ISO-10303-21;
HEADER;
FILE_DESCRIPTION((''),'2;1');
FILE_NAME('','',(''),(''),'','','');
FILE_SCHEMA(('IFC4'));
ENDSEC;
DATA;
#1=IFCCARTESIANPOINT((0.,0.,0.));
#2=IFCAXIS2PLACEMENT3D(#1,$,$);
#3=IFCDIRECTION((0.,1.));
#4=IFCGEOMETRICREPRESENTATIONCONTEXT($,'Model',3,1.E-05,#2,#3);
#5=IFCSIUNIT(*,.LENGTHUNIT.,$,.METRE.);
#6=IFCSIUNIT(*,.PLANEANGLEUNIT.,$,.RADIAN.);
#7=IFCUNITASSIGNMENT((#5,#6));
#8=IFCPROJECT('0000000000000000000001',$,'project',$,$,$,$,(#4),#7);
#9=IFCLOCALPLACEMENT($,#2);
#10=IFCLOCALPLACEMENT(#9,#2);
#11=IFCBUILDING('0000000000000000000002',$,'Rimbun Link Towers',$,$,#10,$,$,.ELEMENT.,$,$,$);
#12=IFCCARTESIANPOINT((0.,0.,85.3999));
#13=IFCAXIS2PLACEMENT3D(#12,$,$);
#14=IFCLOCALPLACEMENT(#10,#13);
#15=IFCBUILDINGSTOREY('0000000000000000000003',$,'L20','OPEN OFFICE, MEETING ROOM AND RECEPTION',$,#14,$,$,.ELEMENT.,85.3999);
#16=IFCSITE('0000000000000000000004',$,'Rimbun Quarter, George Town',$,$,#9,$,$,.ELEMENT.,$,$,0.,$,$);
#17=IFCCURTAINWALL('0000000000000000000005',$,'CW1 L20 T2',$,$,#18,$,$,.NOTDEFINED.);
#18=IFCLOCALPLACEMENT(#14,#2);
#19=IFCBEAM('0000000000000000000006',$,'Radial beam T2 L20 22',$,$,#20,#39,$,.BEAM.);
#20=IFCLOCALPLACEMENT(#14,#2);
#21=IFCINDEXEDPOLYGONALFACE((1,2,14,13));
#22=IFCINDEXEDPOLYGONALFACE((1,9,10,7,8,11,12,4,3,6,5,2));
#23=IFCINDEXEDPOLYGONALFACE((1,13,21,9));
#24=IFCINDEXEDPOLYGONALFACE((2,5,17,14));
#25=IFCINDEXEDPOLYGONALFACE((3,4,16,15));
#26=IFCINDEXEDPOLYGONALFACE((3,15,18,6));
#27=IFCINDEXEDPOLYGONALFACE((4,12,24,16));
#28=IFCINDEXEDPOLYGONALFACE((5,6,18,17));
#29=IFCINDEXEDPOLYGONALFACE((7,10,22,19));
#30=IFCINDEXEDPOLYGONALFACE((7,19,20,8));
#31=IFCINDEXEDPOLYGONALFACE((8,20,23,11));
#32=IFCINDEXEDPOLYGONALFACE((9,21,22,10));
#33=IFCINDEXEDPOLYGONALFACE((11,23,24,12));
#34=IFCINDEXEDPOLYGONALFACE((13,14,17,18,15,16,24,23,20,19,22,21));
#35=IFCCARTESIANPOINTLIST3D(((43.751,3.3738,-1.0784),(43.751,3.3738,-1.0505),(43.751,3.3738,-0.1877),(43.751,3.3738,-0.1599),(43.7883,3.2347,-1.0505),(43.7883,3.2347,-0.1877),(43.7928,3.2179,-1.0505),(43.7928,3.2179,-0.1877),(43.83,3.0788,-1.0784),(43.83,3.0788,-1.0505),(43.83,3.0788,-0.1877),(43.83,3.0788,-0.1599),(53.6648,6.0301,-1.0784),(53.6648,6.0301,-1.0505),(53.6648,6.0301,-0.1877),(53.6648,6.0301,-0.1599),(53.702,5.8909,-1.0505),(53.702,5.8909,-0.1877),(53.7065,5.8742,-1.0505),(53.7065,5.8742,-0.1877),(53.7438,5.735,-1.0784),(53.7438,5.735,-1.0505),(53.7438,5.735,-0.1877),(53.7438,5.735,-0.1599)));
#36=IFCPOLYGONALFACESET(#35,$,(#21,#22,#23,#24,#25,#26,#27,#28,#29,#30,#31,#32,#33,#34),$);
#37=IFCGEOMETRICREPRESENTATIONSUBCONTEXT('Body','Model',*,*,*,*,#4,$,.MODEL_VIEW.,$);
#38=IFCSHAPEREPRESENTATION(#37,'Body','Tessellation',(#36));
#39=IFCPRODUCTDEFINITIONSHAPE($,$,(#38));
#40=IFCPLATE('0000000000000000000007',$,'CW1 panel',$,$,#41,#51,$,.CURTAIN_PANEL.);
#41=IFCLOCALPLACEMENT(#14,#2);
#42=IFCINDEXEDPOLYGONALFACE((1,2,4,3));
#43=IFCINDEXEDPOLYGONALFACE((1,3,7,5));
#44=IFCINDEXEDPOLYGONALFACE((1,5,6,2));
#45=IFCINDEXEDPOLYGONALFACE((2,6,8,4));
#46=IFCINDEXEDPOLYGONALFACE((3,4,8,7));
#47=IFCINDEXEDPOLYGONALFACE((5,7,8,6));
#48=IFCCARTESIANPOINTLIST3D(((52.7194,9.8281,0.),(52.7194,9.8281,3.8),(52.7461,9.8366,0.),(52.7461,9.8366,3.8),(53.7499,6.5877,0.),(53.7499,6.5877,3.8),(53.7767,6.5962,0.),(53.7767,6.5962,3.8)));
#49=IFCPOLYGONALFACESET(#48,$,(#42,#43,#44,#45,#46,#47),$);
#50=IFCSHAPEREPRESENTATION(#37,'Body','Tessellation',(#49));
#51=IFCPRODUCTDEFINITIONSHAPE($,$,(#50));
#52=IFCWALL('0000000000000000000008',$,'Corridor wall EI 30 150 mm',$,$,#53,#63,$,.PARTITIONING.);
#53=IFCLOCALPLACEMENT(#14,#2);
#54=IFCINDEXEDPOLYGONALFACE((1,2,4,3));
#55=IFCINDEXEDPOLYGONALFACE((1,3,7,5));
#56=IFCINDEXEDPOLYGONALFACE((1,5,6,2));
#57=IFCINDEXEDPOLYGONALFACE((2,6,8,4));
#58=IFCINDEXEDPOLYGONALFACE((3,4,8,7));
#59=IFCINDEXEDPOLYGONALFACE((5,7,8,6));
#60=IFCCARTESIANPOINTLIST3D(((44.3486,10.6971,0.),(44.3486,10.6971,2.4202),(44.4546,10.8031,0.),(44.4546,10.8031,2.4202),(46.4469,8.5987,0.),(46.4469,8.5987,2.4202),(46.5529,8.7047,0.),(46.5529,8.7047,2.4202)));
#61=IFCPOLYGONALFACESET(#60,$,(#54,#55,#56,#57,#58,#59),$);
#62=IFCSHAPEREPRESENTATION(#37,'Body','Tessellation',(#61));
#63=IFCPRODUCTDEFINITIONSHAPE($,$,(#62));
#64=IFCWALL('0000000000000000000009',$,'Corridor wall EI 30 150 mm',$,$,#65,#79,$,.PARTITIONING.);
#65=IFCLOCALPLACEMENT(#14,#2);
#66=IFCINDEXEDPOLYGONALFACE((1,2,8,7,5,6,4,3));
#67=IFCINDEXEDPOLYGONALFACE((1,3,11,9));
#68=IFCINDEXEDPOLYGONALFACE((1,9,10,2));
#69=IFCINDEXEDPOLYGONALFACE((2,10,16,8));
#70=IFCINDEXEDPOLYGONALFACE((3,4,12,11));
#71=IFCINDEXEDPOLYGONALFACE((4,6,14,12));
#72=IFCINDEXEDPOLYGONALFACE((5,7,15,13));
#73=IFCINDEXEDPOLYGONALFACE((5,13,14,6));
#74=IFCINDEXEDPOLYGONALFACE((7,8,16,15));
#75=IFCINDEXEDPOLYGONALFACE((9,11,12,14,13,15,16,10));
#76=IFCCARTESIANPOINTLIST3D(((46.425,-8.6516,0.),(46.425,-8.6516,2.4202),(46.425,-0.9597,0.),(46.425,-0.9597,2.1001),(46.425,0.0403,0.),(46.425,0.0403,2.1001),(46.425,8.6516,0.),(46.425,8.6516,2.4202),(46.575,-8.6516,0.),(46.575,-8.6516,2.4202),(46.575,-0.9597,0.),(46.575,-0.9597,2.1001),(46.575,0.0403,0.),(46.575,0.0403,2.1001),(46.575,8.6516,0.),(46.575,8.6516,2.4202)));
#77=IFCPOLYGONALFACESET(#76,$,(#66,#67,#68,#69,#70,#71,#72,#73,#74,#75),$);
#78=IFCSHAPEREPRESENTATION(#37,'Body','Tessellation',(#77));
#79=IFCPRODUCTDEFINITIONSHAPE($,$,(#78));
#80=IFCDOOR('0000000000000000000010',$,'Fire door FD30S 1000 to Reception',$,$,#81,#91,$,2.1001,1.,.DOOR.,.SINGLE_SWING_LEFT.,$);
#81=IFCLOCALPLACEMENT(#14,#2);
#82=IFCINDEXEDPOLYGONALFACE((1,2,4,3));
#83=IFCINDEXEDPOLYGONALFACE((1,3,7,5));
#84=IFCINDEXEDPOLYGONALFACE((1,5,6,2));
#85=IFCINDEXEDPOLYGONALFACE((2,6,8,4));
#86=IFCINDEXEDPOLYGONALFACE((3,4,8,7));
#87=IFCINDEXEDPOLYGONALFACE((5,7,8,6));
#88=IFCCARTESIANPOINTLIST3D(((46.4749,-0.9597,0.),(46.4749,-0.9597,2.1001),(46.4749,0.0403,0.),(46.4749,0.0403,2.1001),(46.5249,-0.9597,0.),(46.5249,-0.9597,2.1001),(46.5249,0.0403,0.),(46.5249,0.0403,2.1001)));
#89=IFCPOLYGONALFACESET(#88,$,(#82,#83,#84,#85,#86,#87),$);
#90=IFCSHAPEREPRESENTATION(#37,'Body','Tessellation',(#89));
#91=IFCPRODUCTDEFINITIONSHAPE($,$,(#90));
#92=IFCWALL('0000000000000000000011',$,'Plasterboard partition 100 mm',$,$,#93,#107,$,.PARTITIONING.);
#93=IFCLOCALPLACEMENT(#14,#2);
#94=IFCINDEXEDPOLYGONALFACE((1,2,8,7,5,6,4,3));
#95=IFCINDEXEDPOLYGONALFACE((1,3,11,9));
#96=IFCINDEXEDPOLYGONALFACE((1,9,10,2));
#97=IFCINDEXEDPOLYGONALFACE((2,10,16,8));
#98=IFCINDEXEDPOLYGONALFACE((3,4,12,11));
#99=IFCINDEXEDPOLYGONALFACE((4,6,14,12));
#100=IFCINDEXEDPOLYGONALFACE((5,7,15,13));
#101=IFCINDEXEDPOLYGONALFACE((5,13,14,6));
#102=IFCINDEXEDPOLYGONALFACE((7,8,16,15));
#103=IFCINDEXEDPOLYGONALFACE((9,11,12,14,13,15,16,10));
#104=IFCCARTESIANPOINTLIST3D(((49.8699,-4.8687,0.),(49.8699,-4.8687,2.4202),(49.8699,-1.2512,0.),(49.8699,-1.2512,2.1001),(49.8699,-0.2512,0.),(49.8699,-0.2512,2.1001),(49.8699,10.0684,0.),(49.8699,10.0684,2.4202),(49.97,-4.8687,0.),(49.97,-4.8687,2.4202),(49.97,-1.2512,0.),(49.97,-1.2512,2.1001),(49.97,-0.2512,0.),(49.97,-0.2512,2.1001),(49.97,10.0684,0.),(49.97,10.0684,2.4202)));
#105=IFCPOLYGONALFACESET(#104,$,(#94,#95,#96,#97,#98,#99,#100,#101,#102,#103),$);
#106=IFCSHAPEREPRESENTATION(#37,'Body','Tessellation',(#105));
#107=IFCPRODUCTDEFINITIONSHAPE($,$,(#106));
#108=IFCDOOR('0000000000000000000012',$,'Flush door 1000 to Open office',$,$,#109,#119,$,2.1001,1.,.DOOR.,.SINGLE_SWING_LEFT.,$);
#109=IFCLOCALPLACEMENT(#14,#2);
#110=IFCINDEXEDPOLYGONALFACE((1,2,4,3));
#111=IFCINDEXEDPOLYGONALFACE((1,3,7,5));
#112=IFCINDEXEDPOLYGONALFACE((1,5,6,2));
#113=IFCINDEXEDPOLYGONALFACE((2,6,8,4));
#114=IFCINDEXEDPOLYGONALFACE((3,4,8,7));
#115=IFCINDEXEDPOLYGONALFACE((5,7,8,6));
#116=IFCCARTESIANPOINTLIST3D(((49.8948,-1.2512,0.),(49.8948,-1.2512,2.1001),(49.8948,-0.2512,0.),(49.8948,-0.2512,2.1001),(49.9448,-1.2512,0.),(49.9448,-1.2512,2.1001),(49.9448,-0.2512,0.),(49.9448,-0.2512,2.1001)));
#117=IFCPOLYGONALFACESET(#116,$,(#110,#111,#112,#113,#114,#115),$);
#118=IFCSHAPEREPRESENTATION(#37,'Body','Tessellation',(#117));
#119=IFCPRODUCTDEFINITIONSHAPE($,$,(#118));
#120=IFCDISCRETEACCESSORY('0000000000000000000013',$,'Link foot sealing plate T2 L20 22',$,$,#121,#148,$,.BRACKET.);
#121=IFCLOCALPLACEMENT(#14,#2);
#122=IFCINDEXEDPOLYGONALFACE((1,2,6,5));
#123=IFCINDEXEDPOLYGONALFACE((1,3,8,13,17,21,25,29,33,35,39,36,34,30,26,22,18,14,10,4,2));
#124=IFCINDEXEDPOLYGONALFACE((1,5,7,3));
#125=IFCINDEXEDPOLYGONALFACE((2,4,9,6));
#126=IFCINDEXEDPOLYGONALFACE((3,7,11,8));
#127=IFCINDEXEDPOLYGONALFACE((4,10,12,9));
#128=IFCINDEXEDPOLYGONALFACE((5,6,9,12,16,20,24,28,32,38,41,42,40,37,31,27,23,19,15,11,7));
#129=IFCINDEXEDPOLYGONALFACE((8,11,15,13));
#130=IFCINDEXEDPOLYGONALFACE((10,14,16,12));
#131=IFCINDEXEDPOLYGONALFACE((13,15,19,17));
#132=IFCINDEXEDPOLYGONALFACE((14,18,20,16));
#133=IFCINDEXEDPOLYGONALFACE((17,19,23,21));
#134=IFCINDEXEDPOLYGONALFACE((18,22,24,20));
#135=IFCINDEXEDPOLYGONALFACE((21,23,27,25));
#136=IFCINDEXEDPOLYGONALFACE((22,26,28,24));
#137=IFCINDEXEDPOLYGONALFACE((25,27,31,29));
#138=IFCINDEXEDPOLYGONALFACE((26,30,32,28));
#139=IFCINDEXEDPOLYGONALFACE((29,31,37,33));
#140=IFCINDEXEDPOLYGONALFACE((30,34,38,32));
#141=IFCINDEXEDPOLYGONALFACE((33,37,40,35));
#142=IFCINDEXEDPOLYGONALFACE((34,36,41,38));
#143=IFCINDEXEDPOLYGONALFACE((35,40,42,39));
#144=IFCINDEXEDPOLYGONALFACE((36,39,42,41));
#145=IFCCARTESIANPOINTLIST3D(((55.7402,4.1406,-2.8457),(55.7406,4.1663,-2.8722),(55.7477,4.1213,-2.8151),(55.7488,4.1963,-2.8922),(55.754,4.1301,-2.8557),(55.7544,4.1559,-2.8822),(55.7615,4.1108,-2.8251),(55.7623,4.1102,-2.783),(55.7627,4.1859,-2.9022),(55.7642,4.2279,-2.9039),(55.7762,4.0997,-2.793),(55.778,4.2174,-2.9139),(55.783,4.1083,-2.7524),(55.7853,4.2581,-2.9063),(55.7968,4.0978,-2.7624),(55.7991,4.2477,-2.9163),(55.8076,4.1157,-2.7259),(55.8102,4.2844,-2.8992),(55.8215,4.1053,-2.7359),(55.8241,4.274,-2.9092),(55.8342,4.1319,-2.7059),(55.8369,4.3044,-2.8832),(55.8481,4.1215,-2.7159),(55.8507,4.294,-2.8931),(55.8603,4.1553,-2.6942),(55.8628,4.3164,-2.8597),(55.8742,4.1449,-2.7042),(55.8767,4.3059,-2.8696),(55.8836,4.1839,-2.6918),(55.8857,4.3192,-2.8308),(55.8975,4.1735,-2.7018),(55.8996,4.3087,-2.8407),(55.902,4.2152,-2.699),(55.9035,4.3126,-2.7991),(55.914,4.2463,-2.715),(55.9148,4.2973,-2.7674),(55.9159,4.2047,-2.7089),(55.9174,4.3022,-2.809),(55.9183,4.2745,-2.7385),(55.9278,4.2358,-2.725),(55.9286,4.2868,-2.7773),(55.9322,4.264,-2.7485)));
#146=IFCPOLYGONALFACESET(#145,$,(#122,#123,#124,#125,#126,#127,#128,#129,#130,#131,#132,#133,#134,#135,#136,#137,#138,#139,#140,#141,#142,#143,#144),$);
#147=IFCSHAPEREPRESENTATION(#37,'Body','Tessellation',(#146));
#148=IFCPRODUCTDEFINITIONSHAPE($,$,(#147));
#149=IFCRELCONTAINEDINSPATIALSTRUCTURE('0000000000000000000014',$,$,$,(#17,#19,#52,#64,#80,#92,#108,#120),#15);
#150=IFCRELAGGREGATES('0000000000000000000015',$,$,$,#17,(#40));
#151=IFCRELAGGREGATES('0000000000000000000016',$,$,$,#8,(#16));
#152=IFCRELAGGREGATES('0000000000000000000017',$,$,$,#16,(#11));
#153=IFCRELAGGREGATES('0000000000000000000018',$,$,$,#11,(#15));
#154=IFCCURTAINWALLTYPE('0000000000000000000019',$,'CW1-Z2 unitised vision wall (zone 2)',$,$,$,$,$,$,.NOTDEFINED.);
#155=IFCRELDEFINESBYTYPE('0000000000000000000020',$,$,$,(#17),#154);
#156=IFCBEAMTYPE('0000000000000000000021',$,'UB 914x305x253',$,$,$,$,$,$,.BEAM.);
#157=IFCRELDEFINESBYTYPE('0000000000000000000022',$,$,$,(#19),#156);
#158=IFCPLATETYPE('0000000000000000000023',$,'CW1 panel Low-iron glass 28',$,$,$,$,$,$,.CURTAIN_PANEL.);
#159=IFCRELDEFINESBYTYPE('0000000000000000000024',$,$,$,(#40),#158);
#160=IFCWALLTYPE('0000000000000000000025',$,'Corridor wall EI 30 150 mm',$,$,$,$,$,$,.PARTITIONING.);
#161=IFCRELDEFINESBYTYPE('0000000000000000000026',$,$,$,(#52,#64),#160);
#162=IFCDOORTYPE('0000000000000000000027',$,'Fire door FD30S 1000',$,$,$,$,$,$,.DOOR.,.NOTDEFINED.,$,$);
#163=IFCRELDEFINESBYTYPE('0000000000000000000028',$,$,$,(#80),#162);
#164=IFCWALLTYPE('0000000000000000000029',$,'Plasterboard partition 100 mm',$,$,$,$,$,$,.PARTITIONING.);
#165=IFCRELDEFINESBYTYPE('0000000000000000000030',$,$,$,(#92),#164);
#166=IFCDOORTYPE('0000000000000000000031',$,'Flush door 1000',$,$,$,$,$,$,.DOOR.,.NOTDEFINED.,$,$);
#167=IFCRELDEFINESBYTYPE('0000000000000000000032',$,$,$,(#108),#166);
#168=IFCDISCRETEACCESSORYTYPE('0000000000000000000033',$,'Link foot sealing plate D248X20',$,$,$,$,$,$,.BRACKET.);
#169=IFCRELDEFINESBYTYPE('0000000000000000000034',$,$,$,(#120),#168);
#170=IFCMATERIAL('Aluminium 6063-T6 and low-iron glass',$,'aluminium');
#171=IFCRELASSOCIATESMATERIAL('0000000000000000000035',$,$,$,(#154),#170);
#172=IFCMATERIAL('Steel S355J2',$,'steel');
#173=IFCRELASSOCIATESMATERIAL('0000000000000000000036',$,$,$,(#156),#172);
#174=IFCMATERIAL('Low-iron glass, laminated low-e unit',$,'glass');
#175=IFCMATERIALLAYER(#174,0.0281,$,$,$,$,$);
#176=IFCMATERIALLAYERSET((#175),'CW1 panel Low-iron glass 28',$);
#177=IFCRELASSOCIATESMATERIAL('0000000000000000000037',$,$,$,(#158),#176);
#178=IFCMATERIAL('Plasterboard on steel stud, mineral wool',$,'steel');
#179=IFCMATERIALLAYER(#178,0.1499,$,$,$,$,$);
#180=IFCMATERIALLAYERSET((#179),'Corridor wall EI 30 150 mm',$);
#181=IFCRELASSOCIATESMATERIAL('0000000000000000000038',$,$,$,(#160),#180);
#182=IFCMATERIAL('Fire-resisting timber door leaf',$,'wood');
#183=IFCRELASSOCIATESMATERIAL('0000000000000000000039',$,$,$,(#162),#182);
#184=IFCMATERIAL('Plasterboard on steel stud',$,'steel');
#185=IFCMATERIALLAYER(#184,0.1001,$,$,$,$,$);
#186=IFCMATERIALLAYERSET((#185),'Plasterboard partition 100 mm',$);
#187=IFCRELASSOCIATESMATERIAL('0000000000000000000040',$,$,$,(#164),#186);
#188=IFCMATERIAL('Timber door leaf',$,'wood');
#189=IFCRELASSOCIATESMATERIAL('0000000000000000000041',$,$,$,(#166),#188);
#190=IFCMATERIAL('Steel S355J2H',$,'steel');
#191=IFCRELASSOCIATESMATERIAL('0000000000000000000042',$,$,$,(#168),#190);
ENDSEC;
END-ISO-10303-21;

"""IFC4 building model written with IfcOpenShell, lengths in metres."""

from ifc_helpers import new_model, si_unit, direction, frame, frame_2d, origin, origin_2d, place, context, subcontext, project, spatial, rectangle, circle, i_section, extrude, material, layer, layer_set, material_profile, profile_set, type_object, element, fill, aggregate, save


model = new_model("IFC4")

# Units and contexts
model_context = context("Model", 3, precision=1e-05, world=origin(), true_north=direction((0.0, 1.0)))
body_context = subcontext(model_context, "Body", "Model", "MODEL_VIEW")
ifc_project = project(units=[si_unit("LENGTHUNIT", "METRE"), si_unit("PLANEANGLEUNIT", "RADIAN")], contexts=[model_context])

# Site, building, storey
site_placement = place(None, origin())
site = spatial("IfcSite", under=ifc_project, at=site_placement, Name="Rimbun Quarter, George Town", CompositionType="ELEMENT", RefElevation=0.0)
building_placement = place(site_placement, origin())
building = spatial("IfcBuilding", under=site, at=building_placement, Name="Rimbun Link Towers", CompositionType="ELEMENT")
storey_placement = place(building_placement, frame((0.0, 0.0, 85.3999)))
storey = spatial("IfcBuildingStorey", under=building, at=storey_placement, Name="L20", Description="OPEN OFFICE, MEETING ROOM AND RECEPTION", CompositionType="ELEMENT", Elevation=85.3999)

# Curtain wall
ifc_material_1 = material(Name="Aluminium 6063-T6 and low-iron glass", Category="aluminium")
curtain_wall_type = type_object("IfcCurtainWallType", Name="CW1-Z2 unitised vision wall (zone 2)", PredefinedType="NOTDEFINED", material=ifc_material_1)
curtain_wall_placement = place(storey_placement, origin())
curtain_wall = element("IfcCurtainWall", 1, at=curtain_wall_placement, inside=storey, type_object=curtain_wall_type, Name="CW1 L20 T2", PredefinedType="NOTDEFINED")

# Beam
ifc_material_2 = material(Name="Steel S355J2", Category="steel")
ifc_material_profile_1 = material_profile(ifc_material_2, i_section(OverallWidth=0.3054, OverallDepth=0.9185, WebThickness=0.0173, FlangeThickness=0.0278, at=origin_2d()), Name="UB 914x305x253")
ifc_profile_set_1 = profile_set([ifc_material_profile_1], Name="Steel S355J2")
beam_type_1 = type_object("IfcBeamType", Name="UB 914x305x253", PredefinedType="BEAM", material=ifc_profile_set_1)
beam_1_placement = place(storey_placement, frame((43.7905, 3.2263, -0.6191), z_axis=(0.965929, 0.258805, 0.0), x_axis=(-0.258805, 0.965929, 0.0)))
element("IfcBeam", 2, at=beam_1_placement, inside=storey, type_object=beam_type_1, Name="Radial beam T2 L20 22", PredefinedType="BEAM", context=body_context, shape_type="SweptSolid", body=[
    extrude(i_section(OverallWidth=0.3054, OverallDepth=0.9185, WebThickness=0.0173, FlangeThickness=0.0278, at=origin_2d()), origin(), (0.0, 0.0, 1.0), 10.2634),
])

# Plate
ifc_material_3 = material(Name="Low-iron glass, laminated low-e unit", Category="glass")
ifc_layer_1 = layer(ifc_material_3, 0.0281)
ifc_layer_set_1 = layer_set([ifc_layer_1], Name="CW1 panel Low-iron glass 28")
plate_type = type_object("IfcPlateType", Name="CW1 panel Low-iron glass 28", PredefinedType="CURTAIN_PANEL", material=ifc_layer_set_1)
plate_placement = place(storey_placement, frame((53.248, 8.2122, 0.0), z_axis=(0.0, 0.0, 1.0), x_axis=(0.30307, -0.952968, 0.0)))
plate = element("IfcPlate", 3, at=plate_placement, type_object=plate_type, Name="CW1 panel", PredefinedType="CURTAIN_PANEL", context=body_context, shape_type="SweptSolid", body=[
    extrude(rectangle(XDim=3.4004, YDim=0.0281, at=origin_2d()), origin(), (0.0, 0.0, 1.0), 3.8),
])
aggregate(curtain_wall, [plate])

# Wall
ifc_material_4 = material(Name="Plasterboard on steel stud, mineral wool", Category="steel")
ifc_layer_2 = layer(ifc_material_4, 0.1499)
ifc_layer_set_2 = layer_set([ifc_layer_2], Name="Corridor wall EI 30 150 mm")
wall_type_1 = type_object("IfcWallType", Name="Corridor wall EI 30 150 mm", PredefinedType="PARTITIONING", material=ifc_layer_set_2)
wall_1_placement = place(storey_placement, frame((46.5, 8.6516, 0.0), z_axis=(0.0, 0.0, 1.0), x_axis=(-0.707107, 0.707107, 0.0)))
element("IfcWall", 4, at=wall_1_placement, inside=storey, type_object=wall_type_1, Name="Corridor wall EI 30 150 mm", PredefinedType="PARTITIONING", context=body_context, shape_type="SweptSolid", body=[
    extrude(rectangle(XDim=2.9675, YDim=0.1499, at=frame_2d((1.4839, 0.0))), origin(), (0.0, 0.0, 1.0), 2.4202),
])

# Walls, openings, doors
wall_2_placement = place(storey_placement, frame((46.5, 8.6516, 0.0), z_axis=(0.0, 0.0, 1.0), x_axis=(0.0, -1.0, 0.0)))
wall_2 = element("IfcWall", 5, at=wall_2_placement, inside=storey, type_object=wall_type_1, Name="Corridor wall EI 30 150 mm", PredefinedType="PARTITIONING", context=body_context, shape_type="SweptSolid", body=[
    extrude(rectangle(XDim=17.3032, YDim=0.1499, at=frame_2d((8.6516, 0.0))), origin(), (0.0, 0.0, 1.0), 2.4202),
])
opening_1_placement = place(wall_2_placement, frame((8.6113, 0.0, 0.0)))
opening_1 = element("IfcOpeningElement", 6, at=opening_1_placement, cuts=wall_2, PredefinedType="OPENING", context=body_context, shape_type="SweptSolid", body=[
    extrude(rectangle(XDim=1.0, YDim=2.1001, at=frame_2d((0.5, 1.05))), frame((0.0, 0.085, 0.0), z_axis=(0.0, -1.0, 0.0), x_axis=(1.0, 0.0, 0.0)), (0.0, 0.0, 1.0), 0.1699),
])
ifc_material_5 = material(Name="Fire-resisting timber door leaf", Category="wood")
door_type_1 = type_object("IfcDoorType", Name="Fire door FD30S 1000", OperationType="NOTDEFINED", PredefinedType="DOOR", material=ifc_material_5)
door_1_placement = place(opening_1_placement, origin())
door_1 = element("IfcDoor", 7, at=door_1_placement, inside=storey, type_object=door_type_1, Name="Fire door FD30S 1000 to Reception", OperationType="SINGLE_SWING_LEFT", OverallHeight=2.1001, OverallWidth=1.0, PredefinedType="DOOR", context=body_context, shape_type="SweptSolid", body=[
    extrude(rectangle(XDim=1.0, YDim=2.1001, at=frame_2d((0.5, 1.05))), frame((0.0, 0.0249, 0.0), z_axis=(0.0, -1.0, 0.0), x_axis=(1.0, 0.0, 0.0)), (0.0, 0.0, 1.0), 0.05),
])
fill(opening_1, door_1)
ifc_material_6 = material(Name="Plasterboard on steel stud", Category="steel")
ifc_layer_3 = layer(ifc_material_6, 0.1001)
ifc_layer_set_3 = layer_set([ifc_layer_3], Name="Plasterboard partition 100 mm")
wall_type_2 = type_object("IfcWallType", Name="Plasterboard partition 100 mm", PredefinedType="PARTITIONING", material=ifc_layer_set_3)
wall_3_placement = place(storey_placement, frame((49.9199, 10.0684, 0.0), z_axis=(0.0, 0.0, 1.0), x_axis=(0.0, -1.0, 0.0)))
wall_3 = element("IfcWall", 8, at=wall_3_placement, inside=storey, type_object=wall_type_2, Name="Plasterboard partition 100 mm", PredefinedType="PARTITIONING", context=body_context, shape_type="SweptSolid", body=[
    extrude(rectangle(XDim=14.937, YDim=0.1001, at=frame_2d((7.4685, 0.0))), origin(), (0.0, 0.0, 1.0), 2.4202),
])
opening_2_placement = place(wall_3_placement, frame((10.3196, 0.0, 0.0)))
opening_2 = element("IfcOpeningElement", 9, at=opening_2_placement, cuts=wall_3, PredefinedType="OPENING", context=body_context, shape_type="SweptSolid", body=[
    extrude(rectangle(XDim=1.0, YDim=2.1001, at=frame_2d((0.5, 1.05))), frame((0.0, 0.0601, 0.0), z_axis=(0.0, -1.0, 0.0), x_axis=(1.0, 0.0, 0.0)), (0.0, 0.0, 1.0), 0.1201),
])
ifc_material_7 = material(Name="Timber door leaf", Category="wood")
door_type_2 = type_object("IfcDoorType", Name="Flush door 1000", OperationType="NOTDEFINED", PredefinedType="DOOR", material=ifc_material_7)
door_2_placement = place(opening_2_placement, origin())
door_2 = element("IfcDoor", 10, at=door_2_placement, inside=storey, type_object=door_type_2, Name="Flush door 1000 to Open office", OperationType="SINGLE_SWING_LEFT", OverallHeight=2.1001, OverallWidth=1.0, PredefinedType="DOOR", context=body_context, shape_type="SweptSolid", body=[
    extrude(rectangle(XDim=1.0, YDim=2.1001, at=frame_2d((0.5, 1.05))), frame((0.0, 0.0249, 0.0), z_axis=(0.0, -1.0, 0.0), x_axis=(1.0, 0.0, 0.0)), (0.0, 0.0, 1.0), 0.05),
])
fill(opening_2, door_2)

# Discrete accessory
ifc_material_8 = material(Name="Steel S355J2H", Category="steel")
ifc_material_profile_2 = material_profile(ifc_material_8, circle(Radius=0.124, at=origin_2d()), Name="PL D248")
ifc_profile_set_2 = profile_set([ifc_material_profile_2], Name="Steel S355J2H")
discrete_accessory_type = type_object("IfcDiscreteAccessoryType", Name="Link foot sealing plate D248X20", PredefinedType="BRACKET", material=ifc_profile_set_2)
discrete_accessory_placement = place(storey_placement, frame((55.8289, 4.2136, -2.7991), z_axis=(0.692296, -0.522259, -0.497968), x_axis=(0.602239, 0.798316, 0.0)))
element("IfcDiscreteAccessory", 11, at=discrete_accessory_placement, inside=storey, type_object=discrete_accessory_type, Name="Link foot sealing plate T2 L20 22", PredefinedType="BRACKET", context=body_context, shape_type="SweptSolid", body=[
    extrude(circle(Radius=0.124, at=origin_2d()), origin(), (0.0, 0.0, 1.0), 0.02),
])

save(model, "model.ifc")
